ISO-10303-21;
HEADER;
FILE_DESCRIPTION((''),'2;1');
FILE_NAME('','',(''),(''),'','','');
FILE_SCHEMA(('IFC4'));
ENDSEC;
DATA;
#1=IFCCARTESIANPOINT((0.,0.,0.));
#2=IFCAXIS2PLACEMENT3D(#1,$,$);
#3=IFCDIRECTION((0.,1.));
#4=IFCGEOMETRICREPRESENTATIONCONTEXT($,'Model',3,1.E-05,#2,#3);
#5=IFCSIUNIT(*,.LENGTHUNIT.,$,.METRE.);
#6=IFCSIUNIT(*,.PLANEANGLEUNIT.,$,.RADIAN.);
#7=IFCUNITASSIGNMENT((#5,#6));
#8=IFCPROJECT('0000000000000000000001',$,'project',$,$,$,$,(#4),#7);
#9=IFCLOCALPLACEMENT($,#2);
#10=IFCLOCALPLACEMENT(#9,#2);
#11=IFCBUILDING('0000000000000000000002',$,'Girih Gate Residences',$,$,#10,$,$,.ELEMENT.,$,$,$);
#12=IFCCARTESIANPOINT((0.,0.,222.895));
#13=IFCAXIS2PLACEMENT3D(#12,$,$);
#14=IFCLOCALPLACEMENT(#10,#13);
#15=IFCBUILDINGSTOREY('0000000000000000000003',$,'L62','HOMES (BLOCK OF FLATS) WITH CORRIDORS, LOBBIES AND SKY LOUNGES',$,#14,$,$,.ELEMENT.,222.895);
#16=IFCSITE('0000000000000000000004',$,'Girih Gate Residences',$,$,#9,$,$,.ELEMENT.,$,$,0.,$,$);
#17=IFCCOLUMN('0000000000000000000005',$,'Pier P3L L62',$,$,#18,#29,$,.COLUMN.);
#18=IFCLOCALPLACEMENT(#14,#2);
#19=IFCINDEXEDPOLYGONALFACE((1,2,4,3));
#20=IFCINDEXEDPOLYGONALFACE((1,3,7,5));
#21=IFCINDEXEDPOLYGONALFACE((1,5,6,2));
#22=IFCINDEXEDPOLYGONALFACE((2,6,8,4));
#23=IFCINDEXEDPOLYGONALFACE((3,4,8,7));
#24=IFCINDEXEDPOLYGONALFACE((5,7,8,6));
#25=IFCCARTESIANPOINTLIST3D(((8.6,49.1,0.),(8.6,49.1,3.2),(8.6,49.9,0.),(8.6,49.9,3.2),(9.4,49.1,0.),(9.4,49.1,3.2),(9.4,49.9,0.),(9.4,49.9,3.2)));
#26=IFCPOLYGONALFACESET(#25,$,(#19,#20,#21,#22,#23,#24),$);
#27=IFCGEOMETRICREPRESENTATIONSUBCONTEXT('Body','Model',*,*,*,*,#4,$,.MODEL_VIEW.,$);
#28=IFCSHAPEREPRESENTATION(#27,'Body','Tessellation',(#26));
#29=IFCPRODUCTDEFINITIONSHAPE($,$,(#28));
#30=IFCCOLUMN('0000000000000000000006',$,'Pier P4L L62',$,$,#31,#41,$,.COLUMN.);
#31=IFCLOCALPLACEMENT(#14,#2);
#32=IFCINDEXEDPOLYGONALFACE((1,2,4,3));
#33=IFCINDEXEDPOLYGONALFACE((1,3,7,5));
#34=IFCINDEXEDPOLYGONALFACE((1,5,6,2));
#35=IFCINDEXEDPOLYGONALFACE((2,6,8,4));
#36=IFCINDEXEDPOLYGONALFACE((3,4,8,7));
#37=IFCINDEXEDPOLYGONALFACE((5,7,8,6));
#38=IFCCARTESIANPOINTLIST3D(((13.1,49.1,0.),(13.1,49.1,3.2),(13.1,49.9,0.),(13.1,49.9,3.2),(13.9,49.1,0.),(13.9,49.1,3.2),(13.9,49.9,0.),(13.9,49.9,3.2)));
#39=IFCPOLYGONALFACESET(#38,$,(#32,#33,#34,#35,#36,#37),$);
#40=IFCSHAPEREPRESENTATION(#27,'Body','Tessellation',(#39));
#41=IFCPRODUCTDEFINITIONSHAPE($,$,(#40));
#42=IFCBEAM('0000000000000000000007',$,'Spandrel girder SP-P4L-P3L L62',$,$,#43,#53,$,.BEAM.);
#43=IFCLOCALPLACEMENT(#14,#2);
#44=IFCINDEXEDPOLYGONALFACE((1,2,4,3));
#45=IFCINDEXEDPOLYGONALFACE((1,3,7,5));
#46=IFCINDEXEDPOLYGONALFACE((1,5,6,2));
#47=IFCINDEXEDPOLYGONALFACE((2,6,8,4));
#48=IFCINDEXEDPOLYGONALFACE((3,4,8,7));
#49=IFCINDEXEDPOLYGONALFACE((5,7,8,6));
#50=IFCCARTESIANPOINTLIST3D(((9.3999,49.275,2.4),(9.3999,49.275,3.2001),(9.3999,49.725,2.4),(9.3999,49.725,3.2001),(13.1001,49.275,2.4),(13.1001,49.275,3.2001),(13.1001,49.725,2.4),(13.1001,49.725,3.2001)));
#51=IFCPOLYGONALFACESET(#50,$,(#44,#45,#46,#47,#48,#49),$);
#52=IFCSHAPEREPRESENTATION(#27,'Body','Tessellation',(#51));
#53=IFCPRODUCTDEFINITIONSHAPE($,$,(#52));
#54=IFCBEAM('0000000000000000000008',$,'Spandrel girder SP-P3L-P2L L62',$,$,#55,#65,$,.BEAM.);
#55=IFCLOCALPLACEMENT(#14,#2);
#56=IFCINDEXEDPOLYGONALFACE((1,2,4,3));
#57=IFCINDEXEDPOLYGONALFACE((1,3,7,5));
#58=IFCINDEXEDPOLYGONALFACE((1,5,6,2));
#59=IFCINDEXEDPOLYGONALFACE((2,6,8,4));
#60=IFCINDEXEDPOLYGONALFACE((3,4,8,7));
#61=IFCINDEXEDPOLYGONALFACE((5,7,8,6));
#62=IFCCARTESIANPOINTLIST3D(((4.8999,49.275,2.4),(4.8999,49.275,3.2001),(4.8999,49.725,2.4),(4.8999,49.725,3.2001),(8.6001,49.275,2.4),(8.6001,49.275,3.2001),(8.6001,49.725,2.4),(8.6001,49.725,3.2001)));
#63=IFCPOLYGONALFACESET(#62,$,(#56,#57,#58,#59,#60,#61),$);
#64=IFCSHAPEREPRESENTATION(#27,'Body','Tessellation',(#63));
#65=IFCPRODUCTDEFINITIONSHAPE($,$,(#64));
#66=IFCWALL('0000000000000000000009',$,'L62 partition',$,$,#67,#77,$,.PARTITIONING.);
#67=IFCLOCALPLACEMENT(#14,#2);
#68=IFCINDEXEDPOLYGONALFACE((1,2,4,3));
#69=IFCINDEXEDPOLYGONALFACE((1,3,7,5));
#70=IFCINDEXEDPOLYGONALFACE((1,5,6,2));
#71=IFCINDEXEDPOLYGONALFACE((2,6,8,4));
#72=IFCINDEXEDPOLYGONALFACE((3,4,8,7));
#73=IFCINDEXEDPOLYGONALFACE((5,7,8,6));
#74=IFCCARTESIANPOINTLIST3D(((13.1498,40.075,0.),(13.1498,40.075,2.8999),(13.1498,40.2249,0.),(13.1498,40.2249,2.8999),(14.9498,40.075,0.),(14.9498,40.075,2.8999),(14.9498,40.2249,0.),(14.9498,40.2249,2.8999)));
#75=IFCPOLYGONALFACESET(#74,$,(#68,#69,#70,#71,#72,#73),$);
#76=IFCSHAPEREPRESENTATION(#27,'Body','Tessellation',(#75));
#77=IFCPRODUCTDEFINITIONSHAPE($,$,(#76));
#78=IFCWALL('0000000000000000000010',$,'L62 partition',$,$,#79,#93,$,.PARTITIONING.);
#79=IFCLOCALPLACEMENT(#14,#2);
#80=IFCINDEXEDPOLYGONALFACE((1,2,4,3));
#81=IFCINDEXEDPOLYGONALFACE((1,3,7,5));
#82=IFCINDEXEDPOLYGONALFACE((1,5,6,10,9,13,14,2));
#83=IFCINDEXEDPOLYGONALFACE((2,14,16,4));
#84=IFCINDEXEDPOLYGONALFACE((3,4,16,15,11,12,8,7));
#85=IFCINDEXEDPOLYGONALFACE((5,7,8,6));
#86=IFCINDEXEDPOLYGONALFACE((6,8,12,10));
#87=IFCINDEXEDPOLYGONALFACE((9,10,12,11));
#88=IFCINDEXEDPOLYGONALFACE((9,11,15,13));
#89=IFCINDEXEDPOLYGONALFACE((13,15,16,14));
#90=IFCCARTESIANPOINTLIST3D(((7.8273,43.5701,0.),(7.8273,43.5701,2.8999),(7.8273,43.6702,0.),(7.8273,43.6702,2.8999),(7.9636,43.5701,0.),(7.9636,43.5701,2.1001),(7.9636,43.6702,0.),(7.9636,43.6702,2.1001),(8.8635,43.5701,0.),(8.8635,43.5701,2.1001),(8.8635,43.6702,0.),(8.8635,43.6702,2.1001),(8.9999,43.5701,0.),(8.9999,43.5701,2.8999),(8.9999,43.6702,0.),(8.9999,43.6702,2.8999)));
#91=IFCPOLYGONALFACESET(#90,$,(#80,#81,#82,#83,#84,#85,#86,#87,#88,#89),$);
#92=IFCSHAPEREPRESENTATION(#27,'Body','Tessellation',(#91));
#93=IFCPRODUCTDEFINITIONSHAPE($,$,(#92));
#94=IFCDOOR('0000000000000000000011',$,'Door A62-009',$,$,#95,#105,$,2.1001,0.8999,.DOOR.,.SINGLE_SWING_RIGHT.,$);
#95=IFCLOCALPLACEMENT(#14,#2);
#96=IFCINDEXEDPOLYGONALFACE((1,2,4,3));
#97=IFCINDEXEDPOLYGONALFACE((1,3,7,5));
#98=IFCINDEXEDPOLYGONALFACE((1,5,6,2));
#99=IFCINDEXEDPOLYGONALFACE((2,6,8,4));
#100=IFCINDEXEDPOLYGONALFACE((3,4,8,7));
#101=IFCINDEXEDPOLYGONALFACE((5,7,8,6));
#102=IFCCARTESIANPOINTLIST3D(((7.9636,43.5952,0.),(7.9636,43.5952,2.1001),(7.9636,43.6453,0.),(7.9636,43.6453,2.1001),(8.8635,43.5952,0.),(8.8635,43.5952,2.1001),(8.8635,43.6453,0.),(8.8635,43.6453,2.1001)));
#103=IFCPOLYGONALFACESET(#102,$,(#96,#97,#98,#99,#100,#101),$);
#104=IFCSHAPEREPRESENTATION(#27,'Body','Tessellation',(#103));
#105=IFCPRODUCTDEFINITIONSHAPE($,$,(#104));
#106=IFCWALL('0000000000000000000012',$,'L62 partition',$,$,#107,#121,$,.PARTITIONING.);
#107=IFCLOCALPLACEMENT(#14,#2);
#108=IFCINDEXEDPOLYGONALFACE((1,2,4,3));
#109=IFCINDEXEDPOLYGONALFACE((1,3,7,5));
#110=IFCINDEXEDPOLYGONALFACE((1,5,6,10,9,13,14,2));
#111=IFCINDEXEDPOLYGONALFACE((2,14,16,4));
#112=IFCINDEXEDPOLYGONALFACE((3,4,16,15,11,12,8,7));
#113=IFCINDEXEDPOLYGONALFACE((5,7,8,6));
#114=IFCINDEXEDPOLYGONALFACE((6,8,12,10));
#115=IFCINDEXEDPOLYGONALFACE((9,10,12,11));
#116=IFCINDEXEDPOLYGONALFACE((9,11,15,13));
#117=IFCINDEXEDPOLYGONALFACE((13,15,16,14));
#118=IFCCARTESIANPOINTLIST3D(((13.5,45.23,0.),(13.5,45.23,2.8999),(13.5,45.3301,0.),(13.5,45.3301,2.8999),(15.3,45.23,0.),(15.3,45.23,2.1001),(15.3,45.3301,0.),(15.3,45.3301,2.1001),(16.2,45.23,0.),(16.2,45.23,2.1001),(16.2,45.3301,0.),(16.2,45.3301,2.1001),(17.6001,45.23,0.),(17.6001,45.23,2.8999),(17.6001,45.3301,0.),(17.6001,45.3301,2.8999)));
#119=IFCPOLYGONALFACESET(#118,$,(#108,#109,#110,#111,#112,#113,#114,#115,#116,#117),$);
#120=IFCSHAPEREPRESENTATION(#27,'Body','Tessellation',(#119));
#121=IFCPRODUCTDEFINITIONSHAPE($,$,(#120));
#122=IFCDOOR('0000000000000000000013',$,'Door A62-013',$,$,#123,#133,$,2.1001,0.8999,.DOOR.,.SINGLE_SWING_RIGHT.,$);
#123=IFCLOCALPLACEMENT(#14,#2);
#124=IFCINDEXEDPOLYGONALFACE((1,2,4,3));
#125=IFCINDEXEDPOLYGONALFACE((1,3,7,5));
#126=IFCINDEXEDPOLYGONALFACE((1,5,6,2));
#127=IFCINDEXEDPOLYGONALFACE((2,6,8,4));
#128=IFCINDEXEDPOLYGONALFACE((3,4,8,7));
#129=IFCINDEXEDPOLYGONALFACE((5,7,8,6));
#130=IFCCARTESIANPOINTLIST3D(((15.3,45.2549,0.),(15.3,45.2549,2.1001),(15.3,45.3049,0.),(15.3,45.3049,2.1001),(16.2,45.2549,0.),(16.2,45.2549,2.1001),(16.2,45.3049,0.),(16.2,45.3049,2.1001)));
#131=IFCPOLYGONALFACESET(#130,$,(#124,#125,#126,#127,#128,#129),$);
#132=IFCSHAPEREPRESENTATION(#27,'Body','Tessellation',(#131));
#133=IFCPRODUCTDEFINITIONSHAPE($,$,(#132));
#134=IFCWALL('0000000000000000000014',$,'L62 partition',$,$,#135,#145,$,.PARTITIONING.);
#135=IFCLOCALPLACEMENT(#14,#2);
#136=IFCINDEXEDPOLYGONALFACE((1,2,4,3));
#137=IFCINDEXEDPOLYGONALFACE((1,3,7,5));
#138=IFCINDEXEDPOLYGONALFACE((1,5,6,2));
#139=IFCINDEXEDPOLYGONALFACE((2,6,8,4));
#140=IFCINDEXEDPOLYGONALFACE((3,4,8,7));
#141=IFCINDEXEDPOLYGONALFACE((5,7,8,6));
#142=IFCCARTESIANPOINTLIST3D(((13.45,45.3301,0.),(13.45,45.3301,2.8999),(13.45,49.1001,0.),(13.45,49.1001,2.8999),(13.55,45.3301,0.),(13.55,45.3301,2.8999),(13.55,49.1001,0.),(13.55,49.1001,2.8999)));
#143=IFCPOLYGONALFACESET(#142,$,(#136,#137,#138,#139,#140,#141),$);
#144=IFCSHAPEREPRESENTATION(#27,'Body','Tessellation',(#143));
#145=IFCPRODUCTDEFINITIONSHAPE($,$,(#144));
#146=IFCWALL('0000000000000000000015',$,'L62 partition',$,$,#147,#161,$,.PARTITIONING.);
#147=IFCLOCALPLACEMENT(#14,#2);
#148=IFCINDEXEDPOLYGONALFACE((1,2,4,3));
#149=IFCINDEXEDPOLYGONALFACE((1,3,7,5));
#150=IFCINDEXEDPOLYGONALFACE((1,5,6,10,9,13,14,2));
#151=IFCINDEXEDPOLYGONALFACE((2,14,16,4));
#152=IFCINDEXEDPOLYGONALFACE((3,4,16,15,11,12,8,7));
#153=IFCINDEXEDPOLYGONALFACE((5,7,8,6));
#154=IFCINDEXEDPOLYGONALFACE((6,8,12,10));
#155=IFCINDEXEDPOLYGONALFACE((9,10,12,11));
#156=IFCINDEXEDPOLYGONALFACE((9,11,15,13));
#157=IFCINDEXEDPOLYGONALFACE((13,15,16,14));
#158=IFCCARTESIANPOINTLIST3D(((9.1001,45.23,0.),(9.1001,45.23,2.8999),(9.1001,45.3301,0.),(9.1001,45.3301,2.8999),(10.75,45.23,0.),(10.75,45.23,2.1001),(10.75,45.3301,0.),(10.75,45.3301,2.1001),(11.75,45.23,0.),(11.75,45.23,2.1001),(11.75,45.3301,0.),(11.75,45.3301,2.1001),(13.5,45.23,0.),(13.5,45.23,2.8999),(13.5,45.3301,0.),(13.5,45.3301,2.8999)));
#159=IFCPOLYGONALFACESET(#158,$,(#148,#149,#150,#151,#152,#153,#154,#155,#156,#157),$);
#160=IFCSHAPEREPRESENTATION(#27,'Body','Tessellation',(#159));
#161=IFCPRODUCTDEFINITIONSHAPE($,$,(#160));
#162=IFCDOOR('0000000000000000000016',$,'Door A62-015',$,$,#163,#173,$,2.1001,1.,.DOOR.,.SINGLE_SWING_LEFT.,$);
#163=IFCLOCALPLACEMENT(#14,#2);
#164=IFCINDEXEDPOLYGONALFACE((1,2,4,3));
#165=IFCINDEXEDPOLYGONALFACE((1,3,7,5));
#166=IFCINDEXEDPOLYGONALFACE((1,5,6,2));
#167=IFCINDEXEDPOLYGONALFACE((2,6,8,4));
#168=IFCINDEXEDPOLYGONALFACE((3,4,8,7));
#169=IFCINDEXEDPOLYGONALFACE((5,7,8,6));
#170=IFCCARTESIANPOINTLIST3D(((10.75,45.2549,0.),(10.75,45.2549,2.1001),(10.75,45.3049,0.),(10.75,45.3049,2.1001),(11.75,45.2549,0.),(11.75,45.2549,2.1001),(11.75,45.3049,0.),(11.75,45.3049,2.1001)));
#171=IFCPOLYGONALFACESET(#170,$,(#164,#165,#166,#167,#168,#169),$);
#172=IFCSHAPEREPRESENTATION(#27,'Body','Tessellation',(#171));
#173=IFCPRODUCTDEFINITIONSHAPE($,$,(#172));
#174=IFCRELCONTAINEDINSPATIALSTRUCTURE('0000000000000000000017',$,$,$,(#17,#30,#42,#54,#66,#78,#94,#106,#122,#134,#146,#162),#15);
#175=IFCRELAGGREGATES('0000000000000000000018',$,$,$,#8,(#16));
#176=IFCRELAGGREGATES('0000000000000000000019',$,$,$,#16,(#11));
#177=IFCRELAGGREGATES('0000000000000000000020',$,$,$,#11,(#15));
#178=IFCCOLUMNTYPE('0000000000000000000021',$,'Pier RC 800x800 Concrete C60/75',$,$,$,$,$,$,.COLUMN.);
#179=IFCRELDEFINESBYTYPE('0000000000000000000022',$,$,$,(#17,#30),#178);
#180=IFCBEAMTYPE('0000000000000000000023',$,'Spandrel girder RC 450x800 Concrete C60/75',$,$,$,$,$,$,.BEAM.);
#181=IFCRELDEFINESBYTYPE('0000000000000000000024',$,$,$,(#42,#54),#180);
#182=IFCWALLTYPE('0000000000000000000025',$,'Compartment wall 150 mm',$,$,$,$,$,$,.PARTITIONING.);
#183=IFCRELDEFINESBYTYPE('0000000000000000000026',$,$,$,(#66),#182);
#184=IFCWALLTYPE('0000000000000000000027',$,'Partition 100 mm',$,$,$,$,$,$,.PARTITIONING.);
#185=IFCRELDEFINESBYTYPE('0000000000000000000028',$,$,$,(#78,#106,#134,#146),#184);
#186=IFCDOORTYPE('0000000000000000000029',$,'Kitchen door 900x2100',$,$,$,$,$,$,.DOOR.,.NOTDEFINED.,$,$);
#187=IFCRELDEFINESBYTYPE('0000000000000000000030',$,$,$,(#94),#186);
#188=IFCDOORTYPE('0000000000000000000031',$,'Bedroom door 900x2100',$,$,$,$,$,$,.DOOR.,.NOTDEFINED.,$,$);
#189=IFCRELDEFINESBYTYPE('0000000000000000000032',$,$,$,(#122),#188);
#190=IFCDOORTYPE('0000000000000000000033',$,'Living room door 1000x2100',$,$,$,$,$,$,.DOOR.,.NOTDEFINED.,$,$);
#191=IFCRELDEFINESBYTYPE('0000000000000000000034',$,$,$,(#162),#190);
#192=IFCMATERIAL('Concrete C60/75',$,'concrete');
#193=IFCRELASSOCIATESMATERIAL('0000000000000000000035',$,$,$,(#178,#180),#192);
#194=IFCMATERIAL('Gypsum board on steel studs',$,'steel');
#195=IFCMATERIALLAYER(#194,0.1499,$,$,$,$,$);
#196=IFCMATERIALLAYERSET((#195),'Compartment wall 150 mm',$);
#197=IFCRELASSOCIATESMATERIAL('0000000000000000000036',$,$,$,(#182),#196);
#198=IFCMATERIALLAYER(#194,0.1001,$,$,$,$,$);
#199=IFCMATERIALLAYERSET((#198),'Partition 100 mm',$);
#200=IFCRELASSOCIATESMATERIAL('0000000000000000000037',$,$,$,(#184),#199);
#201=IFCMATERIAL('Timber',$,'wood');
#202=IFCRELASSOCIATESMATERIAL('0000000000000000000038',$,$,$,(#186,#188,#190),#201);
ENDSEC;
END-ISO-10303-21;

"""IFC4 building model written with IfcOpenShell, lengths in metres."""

from ifc_helpers import new_model, si_unit, direction, frame, frame_2d, origin, origin_2d, place, context, subcontext, project, spatial, rectangle, extrude, material, layer, layer_set, material_profile, profile_set, type_object, element, fill, save


model = new_model("IFC4")

# Units and contexts
model_context = context("Model", 3, precision=1e-05, world=origin(), true_north=direction((0.0, 1.0)))
body_context = subcontext(model_context, "Body", "Model", "MODEL_VIEW")
ifc_project = project(units=[si_unit("LENGTHUNIT", "METRE"), si_unit("PLANEANGLEUNIT", "RADIAN")], contexts=[model_context])

# Site, building, storey
site_placement = place(None, origin())
site = spatial("IfcSite", under=ifc_project, at=site_placement, Name="Girih Gate Residences", CompositionType="ELEMENT", RefElevation=0.0)
building_placement = place(site_placement, origin())
building = spatial("IfcBuilding", under=site, at=building_placement, Name="Girih Gate Residences", CompositionType="ELEMENT")
storey_placement = place(building_placement, frame((0.0, 0.0, 222.895)))
storey = spatial("IfcBuildingStorey", under=building, at=storey_placement, Name="L62", Description="HOMES (BLOCK OF FLATS) WITH CORRIDORS, LOBBIES AND SKY LOUNGES", CompositionType="ELEMENT", Elevation=222.895)

# Columns
ifc_material_1 = material(Name="Concrete C60/75", Category="concrete")
ifc_material_profile_1 = material_profile(ifc_material_1, rectangle(XDim=0.8, YDim=0.8, at=origin_2d()))
ifc_profile_set_1 = profile_set([ifc_material_profile_1], Name="Concrete C60/75")
column_type = type_object("IfcColumnType", Name="Pier RC 800x800 Concrete C60/75", PredefinedType="COLUMN", material=ifc_profile_set_1)
for number, where, z_axis, x_axis, name in (
    (1, (9.0, 49.5, 0.0), (0.0, 0.0, 1.0), (1.0, 0.0, 0.0), "Pier P3L L62"),
    (2, (13.5, 49.5, 0.0), (0.0, 0.0, 1.0), (1.0, 0.0, 0.0), "Pier P4L L62"),
):
    element("IfcColumn", number, at=place(storey_placement, frame(where, z_axis=z_axis, x_axis=x_axis)), inside=storey, type_object=column_type, Name=name, PredefinedType="COLUMN", context=body_context, shape_type="SweptSolid", body=[
        extrude(rectangle(XDim=0.8, YDim=0.8, at=origin_2d()), origin(), (0.0, 0.0, 1.0), 3.2),
    ])

# Beams
ifc_material_profile_2 = material_profile(ifc_material_1, rectangle(XDim=0.45, YDim=0.8, at=origin_2d()))
ifc_profile_set_2 = profile_set([ifc_material_profile_2], Name="Concrete C60/75")
beam_type = type_object("IfcBeamType", Name="Spandrel girder RC 450x800 Concrete C60/75", PredefinedType="BEAM", material=ifc_profile_set_2)
for number, where, z_axis, x_axis, name in (
    (3, (13.1001, 49.5, 2.8), (-1.0, 0.0, 0.0), (0.0, -1.0, 0.0), "Spandrel girder SP-P4L-P3L L62"),
    (4, (8.6001, 49.5, 2.8), (-1.0, 0.0, 0.0), (0.0, -1.0, 0.0), "Spandrel girder SP-P3L-P2L L62"),
):
    element("IfcBeam", number, at=place(storey_placement, frame(where, z_axis=z_axis, x_axis=x_axis)), inside=storey, type_object=beam_type, Name=name, PredefinedType="BEAM", context=body_context, shape_type="SweptSolid", body=[
        extrude(rectangle(XDim=0.45, YDim=0.8, at=origin_2d()), origin(), (0.0, 0.0, 1.0), 3.7002),
    ])

# Wall
ifc_material_2 = material(Name="Gypsum board on steel studs", Category="steel")
ifc_layer_1 = layer(ifc_material_2, 0.1499)
ifc_layer_set_1 = layer_set([ifc_layer_1], Name="Compartment wall 150 mm")
wall_type_1 = type_object("IfcWallType", Name="Compartment wall 150 mm", PredefinedType="PARTITIONING", material=ifc_layer_set_1)
wall_1_placement = place(storey_placement, frame((13.1499, 40.1499, 0.0), z_axis=(0.0, 0.0, 1.0), x_axis=(1.0, 0.0, 0.0)))
element("IfcWall", 5, at=wall_1_placement, inside=storey, type_object=wall_type_1, Name="L62 partition", PredefinedType="PARTITIONING", context=body_context, shape_type="SweptSolid", body=[
    extrude(rectangle(XDim=1.8, YDim=0.1499, at=frame_2d((0.8999, 0.0))), origin(), (0.0, 0.0, 1.0), 2.8999),
])

# Walls, openings, doors
ifc_layer_2 = layer(ifc_material_2, 0.1001)
ifc_layer_set_2 = layer_set([ifc_layer_2], Name="Partition 100 mm")
wall_type_2 = type_object("IfcWallType", Name="Partition 100 mm", PredefinedType="PARTITIONING", material=ifc_layer_set_2)
wall_2_placement = place(storey_placement, frame((9.0, 43.6201, 0.0), z_axis=(0.0, 0.0, 1.0), x_axis=(-1.0, 0.0, 0.0)))
wall_2 = element("IfcWall", 6, at=wall_2_placement, inside=storey, type_object=wall_type_2, Name="L62 partition", PredefinedType="PARTITIONING", context=body_context, shape_type="SweptSolid", body=[
    extrude(rectangle(XDim=1.1726, YDim=0.1001, at=frame_2d((0.5864, 0.0))), origin(), (0.0, 0.0, 1.0), 2.8999),
])
opening_1_placement = place(wall_2_placement, frame((0.1365, 0.0, 0.0)))
opening_1 = element("IfcOpeningElement", 7, at=opening_1_placement, cuts=wall_2, PredefinedType="OPENING", context=body_context, shape_type="SweptSolid", body=[
    extrude(rectangle(XDim=0.8999, YDim=2.1001, at=frame_2d((0.45, 1.05))), frame((0.0, 0.0601, 0.0), z_axis=(0.0, -1.0, 0.0), x_axis=(1.0, 0.0, 0.0)), (0.0, 0.0, 1.0), 0.1201),
])
ifc_material_3 = material(Name="Timber", Category="wood")
door_type_1 = type_object("IfcDoorType", Name="Kitchen door 900x2100", OperationType="NOTDEFINED", PredefinedType="DOOR", material=ifc_material_3)
door_1_placement = place(opening_1_placement, origin())
door_1 = element("IfcDoor", 8, at=door_1_placement, inside=storey, type_object=door_type_1, Name="Door A62-009", OperationType="SINGLE_SWING_RIGHT", OverallHeight=2.1001, OverallWidth=0.8999, PredefinedType="DOOR", context=body_context, shape_type="SweptSolid", body=[
    extrude(rectangle(XDim=0.8999, YDim=2.1001, at=frame_2d((0.45, 1.05))), frame((0.0, 0.0249, 0.0), z_axis=(0.0, -1.0, 0.0), x_axis=(1.0, 0.0, 0.0)), (0.0, 0.0, 1.0), 0.05),
])
fill(opening_1, door_1)
wall_3_placement = place(storey_placement, frame((13.5, 45.28, 0.0), z_axis=(0.0, 0.0, 1.0), x_axis=(1.0, 0.0, 0.0)))
wall_3 = element("IfcWall", 9, at=wall_3_placement, inside=storey, type_object=wall_type_2, Name="L62 partition", PredefinedType="PARTITIONING", context=body_context, shape_type="SweptSolid", body=[
    extrude(rectangle(XDim=4.1001, YDim=0.1001, at=frame_2d((2.05, 0.0))), origin(), (0.0, 0.0, 1.0), 2.8999),
])
opening_2_placement = place(wall_3_placement, frame((1.8, 0.0, 0.0)))
opening_2 = element("IfcOpeningElement", 10, at=opening_2_placement, cuts=wall_3, PredefinedType="OPENING", context=body_context, shape_type="SweptSolid", body=[
    extrude(rectangle(XDim=0.8999, YDim=2.1001, at=frame_2d((0.45, 1.05))), frame((0.0, 0.0601, 0.0), z_axis=(0.0, -1.0, 0.0), x_axis=(1.0, 0.0, 0.0)), (0.0, 0.0, 1.0), 0.1201),
])
door_type_2 = type_object("IfcDoorType", Name="Bedroom door 900x2100", OperationType="NOTDEFINED", PredefinedType="DOOR", material=ifc_material_3)
door_2_placement = place(opening_2_placement, origin())
door_2 = element("IfcDoor", 11, at=door_2_placement, inside=storey, type_object=door_type_2, Name="Door A62-013", OperationType="SINGLE_SWING_RIGHT", OverallHeight=2.1001, OverallWidth=0.8999, PredefinedType="DOOR", context=body_context, shape_type="SweptSolid", body=[
    extrude(rectangle(XDim=0.8999, YDim=2.1001, at=frame_2d((0.45, 1.05))), frame((0.0, 0.0249, 0.0), z_axis=(0.0, -1.0, 0.0), x_axis=(1.0, 0.0, 0.0)), (0.0, 0.0, 1.0), 0.05),
])
fill(opening_2, door_2)

# Wall
wall_4_placement = place(storey_placement, frame((13.5, 45.3301, 0.0), z_axis=(0.0, 0.0, 1.0), x_axis=(0.0, 1.0, 0.0)))
element("IfcWall", 12, at=wall_4_placement, inside=storey, type_object=wall_type_2, Name="L62 partition", PredefinedType="PARTITIONING", context=body_context, shape_type="SweptSolid", body=[
    extrude(rectangle(XDim=3.77, YDim=0.1001, at=frame_2d((1.885, 0.0))), origin(), (0.0, 0.0, 1.0), 2.8999),
])

# Wall, opening, door
wall_5_placement = place(storey_placement, frame((9.1001, 45.28, 0.0), z_axis=(0.0, 0.0, 1.0), x_axis=(1.0, 0.0, 0.0)))
wall_5 = element("IfcWall", 13, at=wall_5_placement, inside=storey, type_object=wall_type_2, Name="L62 partition", PredefinedType="PARTITIONING", context=body_context, shape_type="SweptSolid", body=[
    extrude(rectangle(XDim=4.3999, YDim=0.1001, at=frame_2d((2.2, 0.0))), origin(), (0.0, 0.0, 1.0), 2.8999),
])
opening_3_placement = place(wall_5_placement, frame((1.6499, 0.0, 0.0)))
opening_3 = element("IfcOpeningElement", 14, at=opening_3_placement, cuts=wall_5, PredefinedType="OPENING", context=body_context, shape_type="SweptSolid", body=[
    extrude(rectangle(XDim=1.0, YDim=2.1001, at=frame_2d((0.5, 1.05))), frame((0.0, 0.0601, 0.0), z_axis=(0.0, -1.0, 0.0), x_axis=(1.0, 0.0, 0.0)), (0.0, 0.0, 1.0), 0.1201),
])
door_type_3 = type_object("IfcDoorType", Name="Living room door 1000x2100", OperationType="NOTDEFINED", PredefinedType="DOOR", material=ifc_material_3)
door_3_placement = place(opening_3_placement, origin())
door_3 = element("IfcDoor", 15, at=door_3_placement, inside=storey, type_object=door_type_3, Name="Door A62-015", OperationType="SINGLE_SWING_LEFT", OverallHeight=2.1001, OverallWidth=1.0, PredefinedType="DOOR", context=body_context, shape_type="SweptSolid", body=[
    extrude(rectangle(XDim=1.0, YDim=2.1001, at=frame_2d((0.5, 1.05))), frame((0.0, 0.0249, 0.0), z_axis=(0.0, -1.0, 0.0), x_axis=(1.0, 0.0, 0.0)), (0.0, 0.0, 1.0), 0.05),
])
fill(opening_3, door_3)

save(model, "model.ifc")
